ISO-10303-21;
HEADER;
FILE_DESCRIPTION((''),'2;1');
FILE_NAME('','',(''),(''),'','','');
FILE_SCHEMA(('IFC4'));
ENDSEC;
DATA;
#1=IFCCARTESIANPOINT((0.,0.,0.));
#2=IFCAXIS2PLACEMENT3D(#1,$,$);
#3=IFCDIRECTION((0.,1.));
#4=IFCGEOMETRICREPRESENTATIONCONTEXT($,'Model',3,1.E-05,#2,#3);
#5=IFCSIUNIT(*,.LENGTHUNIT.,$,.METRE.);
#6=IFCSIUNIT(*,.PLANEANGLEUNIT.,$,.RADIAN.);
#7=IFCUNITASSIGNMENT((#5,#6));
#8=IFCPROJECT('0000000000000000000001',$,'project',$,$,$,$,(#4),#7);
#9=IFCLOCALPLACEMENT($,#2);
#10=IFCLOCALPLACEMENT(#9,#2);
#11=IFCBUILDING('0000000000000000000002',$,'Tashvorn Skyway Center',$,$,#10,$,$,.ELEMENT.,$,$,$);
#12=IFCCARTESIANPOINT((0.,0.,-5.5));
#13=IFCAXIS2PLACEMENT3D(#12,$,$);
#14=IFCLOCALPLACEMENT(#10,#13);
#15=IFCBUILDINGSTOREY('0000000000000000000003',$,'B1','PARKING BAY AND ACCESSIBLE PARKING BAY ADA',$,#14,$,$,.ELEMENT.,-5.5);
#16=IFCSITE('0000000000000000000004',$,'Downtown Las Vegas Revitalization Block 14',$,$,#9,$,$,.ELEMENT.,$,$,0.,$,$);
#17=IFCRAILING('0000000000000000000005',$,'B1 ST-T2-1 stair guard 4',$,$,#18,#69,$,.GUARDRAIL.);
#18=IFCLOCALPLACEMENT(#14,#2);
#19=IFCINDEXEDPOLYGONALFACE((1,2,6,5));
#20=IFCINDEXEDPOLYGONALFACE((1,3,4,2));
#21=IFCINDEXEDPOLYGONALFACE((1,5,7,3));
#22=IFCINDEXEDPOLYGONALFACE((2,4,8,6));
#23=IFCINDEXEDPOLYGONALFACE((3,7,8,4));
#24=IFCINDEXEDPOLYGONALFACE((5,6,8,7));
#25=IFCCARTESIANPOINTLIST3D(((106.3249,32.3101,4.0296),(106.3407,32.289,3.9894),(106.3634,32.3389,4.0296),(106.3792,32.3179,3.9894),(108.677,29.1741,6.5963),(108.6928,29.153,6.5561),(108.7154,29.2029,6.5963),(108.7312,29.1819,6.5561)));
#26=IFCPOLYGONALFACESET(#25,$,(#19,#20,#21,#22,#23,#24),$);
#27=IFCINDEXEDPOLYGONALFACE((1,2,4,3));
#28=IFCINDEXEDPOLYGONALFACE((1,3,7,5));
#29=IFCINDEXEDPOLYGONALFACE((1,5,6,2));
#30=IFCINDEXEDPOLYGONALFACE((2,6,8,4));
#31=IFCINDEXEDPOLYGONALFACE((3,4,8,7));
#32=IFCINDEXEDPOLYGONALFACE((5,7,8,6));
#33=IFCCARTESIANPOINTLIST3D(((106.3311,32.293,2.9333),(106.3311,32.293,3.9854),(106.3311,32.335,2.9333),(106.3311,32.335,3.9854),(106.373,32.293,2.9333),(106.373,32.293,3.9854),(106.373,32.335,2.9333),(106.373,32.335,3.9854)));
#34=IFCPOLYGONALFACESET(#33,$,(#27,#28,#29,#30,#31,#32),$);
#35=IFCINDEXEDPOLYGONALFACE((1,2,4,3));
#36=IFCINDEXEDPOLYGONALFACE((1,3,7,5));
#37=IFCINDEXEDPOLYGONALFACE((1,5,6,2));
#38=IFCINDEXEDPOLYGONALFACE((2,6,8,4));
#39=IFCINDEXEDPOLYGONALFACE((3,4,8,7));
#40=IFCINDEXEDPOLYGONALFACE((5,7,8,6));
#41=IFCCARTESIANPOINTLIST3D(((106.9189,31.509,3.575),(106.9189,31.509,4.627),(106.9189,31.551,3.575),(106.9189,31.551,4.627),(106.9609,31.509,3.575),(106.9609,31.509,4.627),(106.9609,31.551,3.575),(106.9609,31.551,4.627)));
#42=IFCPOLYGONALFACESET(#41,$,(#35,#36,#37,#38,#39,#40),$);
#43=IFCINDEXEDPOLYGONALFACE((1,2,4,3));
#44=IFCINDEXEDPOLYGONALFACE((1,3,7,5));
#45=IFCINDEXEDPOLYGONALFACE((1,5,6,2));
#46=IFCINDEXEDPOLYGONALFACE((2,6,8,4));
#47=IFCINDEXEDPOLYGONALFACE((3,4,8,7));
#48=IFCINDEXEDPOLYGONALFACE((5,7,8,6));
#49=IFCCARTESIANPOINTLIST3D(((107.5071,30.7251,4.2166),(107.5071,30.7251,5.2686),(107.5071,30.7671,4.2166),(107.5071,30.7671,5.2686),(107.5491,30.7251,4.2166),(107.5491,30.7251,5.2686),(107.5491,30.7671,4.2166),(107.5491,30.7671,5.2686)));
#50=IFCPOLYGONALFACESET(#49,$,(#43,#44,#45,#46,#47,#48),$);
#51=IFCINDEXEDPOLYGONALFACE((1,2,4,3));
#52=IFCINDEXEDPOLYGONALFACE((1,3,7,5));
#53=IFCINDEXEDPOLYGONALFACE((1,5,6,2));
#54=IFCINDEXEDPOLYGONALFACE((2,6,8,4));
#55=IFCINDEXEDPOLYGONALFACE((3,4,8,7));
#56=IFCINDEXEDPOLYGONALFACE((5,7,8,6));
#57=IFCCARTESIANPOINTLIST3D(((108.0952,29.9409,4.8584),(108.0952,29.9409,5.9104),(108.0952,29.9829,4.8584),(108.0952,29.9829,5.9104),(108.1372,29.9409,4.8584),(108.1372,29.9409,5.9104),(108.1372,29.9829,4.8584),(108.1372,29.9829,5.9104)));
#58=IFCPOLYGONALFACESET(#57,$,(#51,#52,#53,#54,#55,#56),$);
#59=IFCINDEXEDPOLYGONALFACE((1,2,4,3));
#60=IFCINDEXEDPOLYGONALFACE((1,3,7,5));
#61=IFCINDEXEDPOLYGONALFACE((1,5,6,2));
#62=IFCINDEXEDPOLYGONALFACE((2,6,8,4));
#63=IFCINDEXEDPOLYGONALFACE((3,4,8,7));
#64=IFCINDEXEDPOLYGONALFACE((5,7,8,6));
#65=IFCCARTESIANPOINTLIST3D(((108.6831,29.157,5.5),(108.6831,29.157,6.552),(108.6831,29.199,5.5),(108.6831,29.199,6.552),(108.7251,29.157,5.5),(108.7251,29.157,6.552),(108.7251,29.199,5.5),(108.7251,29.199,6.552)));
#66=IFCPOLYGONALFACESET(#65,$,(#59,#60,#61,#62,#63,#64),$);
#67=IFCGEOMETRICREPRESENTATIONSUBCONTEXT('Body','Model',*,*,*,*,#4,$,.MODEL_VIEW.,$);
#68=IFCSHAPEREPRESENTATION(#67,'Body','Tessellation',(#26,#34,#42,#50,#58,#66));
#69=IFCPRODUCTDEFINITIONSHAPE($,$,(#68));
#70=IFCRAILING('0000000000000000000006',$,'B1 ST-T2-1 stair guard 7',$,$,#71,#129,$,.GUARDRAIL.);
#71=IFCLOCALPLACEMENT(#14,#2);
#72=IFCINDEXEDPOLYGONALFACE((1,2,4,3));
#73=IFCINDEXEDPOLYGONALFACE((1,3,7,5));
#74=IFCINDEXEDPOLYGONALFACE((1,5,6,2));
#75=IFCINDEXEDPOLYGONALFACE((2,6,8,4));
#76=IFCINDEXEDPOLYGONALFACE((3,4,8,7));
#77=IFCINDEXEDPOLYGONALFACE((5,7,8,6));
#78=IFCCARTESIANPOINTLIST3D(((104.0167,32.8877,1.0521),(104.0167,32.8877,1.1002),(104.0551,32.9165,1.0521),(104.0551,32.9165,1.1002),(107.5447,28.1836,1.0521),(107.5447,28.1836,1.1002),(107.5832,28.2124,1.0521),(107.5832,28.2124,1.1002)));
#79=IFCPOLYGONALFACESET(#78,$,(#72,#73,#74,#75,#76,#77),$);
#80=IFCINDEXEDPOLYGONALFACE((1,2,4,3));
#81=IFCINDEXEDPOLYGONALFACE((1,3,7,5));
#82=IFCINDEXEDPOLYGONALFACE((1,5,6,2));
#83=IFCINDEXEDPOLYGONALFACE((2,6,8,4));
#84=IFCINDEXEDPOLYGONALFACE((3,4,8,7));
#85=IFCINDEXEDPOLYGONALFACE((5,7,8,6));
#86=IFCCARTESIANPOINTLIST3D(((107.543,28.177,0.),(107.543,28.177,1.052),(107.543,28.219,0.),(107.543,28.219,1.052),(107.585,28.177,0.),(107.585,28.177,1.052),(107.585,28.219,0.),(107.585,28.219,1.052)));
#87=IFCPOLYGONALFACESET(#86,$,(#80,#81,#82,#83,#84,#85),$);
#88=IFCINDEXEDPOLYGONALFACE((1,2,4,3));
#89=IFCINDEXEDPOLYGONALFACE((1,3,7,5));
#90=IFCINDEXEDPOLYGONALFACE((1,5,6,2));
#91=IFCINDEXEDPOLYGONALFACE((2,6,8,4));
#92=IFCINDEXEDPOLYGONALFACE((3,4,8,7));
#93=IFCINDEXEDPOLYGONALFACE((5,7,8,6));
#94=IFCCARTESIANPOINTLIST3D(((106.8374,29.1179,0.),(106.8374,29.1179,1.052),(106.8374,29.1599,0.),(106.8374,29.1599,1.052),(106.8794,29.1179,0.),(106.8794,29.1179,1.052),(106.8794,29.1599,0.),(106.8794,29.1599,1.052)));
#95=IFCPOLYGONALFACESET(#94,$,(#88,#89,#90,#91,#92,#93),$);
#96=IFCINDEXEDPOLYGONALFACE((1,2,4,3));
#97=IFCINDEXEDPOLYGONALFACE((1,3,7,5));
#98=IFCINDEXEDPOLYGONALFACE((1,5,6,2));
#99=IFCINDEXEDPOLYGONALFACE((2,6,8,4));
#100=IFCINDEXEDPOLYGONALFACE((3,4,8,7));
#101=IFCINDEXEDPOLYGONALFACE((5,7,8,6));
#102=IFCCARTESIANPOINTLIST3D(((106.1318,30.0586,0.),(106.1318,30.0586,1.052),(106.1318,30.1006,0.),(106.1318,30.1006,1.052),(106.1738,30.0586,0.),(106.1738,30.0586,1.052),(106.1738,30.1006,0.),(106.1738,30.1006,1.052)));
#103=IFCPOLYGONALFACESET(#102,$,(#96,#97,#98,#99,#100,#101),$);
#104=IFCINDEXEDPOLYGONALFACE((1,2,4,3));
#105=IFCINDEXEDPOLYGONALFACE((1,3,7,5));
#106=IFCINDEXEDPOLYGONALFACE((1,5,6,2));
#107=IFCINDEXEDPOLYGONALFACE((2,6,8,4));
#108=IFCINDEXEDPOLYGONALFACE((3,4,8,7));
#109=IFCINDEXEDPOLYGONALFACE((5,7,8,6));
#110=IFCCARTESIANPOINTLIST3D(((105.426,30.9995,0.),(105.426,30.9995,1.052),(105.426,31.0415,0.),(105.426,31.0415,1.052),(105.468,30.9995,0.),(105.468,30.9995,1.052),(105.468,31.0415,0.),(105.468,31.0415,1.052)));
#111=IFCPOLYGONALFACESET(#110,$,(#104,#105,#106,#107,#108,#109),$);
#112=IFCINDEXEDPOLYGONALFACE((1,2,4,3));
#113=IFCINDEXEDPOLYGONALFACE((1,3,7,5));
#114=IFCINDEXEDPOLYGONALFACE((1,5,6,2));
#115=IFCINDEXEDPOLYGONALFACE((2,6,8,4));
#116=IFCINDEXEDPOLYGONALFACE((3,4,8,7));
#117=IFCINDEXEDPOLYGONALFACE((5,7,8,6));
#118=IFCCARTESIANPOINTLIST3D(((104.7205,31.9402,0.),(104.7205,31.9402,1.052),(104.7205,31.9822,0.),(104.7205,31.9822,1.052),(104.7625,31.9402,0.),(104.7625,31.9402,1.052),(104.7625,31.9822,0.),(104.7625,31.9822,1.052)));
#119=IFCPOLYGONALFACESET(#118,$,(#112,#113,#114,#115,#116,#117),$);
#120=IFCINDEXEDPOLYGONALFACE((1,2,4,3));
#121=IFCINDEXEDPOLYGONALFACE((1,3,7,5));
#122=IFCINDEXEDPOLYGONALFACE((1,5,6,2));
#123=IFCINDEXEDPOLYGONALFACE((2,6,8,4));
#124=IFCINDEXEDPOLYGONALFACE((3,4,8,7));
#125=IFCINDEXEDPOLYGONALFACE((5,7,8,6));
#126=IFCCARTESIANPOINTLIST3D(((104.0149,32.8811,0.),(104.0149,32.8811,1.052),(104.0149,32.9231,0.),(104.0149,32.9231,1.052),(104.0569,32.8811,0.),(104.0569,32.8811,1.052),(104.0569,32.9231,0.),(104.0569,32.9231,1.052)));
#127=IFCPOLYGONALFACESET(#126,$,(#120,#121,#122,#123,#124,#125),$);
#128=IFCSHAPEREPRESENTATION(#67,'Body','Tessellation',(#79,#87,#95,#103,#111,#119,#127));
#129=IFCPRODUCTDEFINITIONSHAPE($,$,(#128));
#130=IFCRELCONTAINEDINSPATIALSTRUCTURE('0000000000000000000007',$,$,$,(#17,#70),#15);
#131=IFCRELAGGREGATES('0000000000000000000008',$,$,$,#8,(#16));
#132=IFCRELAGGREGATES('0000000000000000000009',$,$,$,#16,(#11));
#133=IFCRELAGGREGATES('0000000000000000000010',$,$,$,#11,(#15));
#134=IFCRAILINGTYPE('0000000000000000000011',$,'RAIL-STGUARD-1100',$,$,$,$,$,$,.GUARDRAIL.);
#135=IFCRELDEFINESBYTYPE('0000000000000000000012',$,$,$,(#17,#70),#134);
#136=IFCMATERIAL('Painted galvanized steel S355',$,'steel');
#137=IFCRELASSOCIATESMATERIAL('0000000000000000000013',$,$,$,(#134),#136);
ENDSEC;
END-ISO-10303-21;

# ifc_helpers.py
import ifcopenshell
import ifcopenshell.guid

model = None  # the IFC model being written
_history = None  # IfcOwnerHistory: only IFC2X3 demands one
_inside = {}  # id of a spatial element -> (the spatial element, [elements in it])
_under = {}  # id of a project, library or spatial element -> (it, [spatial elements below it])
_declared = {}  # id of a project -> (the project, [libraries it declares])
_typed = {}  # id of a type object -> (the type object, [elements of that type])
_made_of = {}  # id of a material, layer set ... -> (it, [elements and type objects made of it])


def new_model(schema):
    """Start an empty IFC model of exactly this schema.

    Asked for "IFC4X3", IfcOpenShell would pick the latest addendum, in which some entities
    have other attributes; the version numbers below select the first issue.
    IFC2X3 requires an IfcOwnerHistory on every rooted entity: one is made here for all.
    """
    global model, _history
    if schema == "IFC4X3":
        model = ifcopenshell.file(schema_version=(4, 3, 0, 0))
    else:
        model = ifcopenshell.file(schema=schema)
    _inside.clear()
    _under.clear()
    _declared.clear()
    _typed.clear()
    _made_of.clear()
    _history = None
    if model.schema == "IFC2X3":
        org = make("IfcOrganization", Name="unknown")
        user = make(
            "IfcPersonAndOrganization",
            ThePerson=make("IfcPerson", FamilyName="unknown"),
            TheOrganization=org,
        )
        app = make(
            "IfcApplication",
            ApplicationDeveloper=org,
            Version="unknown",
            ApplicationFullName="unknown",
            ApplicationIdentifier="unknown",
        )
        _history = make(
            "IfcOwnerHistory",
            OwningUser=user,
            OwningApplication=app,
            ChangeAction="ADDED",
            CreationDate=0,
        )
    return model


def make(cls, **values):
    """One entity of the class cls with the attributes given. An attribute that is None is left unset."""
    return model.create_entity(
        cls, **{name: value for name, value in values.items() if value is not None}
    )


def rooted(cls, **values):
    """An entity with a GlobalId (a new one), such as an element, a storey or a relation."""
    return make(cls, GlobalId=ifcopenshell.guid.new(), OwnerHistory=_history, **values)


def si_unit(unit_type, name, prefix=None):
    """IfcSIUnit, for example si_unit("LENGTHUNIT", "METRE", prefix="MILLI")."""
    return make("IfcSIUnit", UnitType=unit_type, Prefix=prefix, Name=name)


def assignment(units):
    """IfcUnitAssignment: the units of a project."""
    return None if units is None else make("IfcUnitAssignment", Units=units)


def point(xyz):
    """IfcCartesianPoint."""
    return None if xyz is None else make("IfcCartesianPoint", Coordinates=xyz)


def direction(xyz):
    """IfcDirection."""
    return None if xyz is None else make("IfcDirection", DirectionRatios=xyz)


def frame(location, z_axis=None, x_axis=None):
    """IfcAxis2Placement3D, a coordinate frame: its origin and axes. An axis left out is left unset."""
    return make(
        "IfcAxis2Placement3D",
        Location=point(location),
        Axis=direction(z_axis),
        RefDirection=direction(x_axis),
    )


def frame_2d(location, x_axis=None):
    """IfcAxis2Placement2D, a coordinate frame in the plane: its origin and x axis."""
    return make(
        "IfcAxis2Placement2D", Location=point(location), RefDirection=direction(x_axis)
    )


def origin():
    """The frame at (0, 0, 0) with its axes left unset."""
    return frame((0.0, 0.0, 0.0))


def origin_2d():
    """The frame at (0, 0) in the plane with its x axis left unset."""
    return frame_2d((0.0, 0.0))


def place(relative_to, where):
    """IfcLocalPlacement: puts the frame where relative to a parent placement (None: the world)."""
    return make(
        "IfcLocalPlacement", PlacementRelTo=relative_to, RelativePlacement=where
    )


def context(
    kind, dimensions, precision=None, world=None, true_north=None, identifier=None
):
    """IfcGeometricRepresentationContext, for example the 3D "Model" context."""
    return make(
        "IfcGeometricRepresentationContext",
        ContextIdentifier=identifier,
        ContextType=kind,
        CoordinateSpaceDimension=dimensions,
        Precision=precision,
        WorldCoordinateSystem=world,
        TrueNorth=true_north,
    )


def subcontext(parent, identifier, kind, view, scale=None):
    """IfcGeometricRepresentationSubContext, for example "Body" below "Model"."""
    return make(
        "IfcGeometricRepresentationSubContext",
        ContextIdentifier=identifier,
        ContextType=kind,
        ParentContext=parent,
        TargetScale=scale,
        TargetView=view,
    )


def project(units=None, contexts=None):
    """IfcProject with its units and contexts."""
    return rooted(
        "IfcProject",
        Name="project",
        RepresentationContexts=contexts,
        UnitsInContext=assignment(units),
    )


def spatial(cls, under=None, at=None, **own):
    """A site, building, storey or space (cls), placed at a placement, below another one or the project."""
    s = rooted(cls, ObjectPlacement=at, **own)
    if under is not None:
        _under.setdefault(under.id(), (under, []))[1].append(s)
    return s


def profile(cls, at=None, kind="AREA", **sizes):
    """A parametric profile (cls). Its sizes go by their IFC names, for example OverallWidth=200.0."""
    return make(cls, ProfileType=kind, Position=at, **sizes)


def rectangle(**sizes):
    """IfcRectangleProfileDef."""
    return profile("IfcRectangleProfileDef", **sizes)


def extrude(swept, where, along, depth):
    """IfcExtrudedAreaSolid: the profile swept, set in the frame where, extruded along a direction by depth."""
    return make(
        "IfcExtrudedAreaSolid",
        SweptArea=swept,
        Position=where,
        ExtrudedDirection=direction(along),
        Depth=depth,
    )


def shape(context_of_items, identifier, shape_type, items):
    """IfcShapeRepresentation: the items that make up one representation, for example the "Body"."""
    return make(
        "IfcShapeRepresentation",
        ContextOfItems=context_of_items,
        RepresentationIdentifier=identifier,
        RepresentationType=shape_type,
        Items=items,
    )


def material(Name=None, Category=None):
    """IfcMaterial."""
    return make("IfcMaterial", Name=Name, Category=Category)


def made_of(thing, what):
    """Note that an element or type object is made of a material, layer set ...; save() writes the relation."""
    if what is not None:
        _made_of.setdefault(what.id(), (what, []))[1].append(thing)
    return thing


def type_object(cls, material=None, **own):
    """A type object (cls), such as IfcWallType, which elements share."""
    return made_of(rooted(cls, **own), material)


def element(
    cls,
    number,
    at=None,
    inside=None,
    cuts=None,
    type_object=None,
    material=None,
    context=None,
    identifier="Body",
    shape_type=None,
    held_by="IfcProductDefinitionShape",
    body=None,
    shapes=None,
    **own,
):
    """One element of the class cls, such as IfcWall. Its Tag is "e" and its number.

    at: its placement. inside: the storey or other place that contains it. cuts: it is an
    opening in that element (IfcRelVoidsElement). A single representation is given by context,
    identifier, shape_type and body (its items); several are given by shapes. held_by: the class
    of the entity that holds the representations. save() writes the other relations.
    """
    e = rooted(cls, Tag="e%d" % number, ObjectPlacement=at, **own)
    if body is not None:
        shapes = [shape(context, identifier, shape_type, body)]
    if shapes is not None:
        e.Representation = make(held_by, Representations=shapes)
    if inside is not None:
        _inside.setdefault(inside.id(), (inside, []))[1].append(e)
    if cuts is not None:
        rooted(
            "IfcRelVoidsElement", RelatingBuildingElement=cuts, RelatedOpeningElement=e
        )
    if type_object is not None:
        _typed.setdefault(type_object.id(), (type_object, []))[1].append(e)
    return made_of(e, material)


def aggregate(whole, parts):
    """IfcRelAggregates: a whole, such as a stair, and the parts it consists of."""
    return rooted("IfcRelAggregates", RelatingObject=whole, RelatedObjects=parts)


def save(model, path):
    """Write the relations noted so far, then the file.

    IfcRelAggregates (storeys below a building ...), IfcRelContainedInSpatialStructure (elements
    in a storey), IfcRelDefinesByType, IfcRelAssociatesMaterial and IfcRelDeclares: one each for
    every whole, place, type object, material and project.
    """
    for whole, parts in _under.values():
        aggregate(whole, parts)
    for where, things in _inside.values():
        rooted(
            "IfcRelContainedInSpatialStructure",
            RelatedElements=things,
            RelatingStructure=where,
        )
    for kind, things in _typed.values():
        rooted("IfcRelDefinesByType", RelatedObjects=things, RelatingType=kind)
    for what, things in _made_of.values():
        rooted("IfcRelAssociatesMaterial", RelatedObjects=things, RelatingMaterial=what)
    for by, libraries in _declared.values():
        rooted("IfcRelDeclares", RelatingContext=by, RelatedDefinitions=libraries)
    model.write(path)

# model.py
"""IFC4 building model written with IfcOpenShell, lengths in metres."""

from ifc_helpers import new_model, si_unit, direction, frame, origin, origin_2d, place, context, subcontext, project, spatial, rectangle, extrude, material, type_object, element, save


model = new_model("IFC4")

# Units and contexts
model_context = context("Model", 3, precision=1e-05, world=origin(), true_north=direction((0.0, 1.0)))
body_context = subcontext(model_context, "Body", "Model", "MODEL_VIEW")
ifc_project = project(units=[si_unit("LENGTHUNIT", "METRE"), si_unit("PLANEANGLEUNIT", "RADIAN")], contexts=[model_context])

# Site, building, storey
site_placement = place(None, origin())
site = spatial("IfcSite", under=ifc_project, at=site_placement, Name="Downtown Las Vegas Revitalization Block 14", CompositionType="ELEMENT", RefElevation=0.0)
building_placement = place(site_placement, origin())
building = spatial("IfcBuilding", under=site, at=building_placement, Name="Tashvorn Skyway Center", CompositionType="ELEMENT")
storey_placement = place(building_placement, frame((0.0, 0.0, -5.5)))
storey = spatial("IfcBuildingStorey", under=building, at=storey_placement, Name="B1", Description="PARKING BAY AND ACCESSIBLE PARKING BAY ADA", CompositionType="ELEMENT", Elevation=-5.5)

# Railings
ifc_material_1 = material(Name="Painted galvanized steel S355", Category="steel")
railing_type_1 = type_object("IfcRailingType", Name="RAIL-STGUARD-1100", PredefinedType="GUARDRAIL", material=ifc_material_1)
railing_1_placement = place(storey_placement, frame((106.3521, 32.314, 2.9333)))
element("IfcRailing", 1, at=railing_1_placement, inside=storey, type_object=railing_type_1, Name="B1 ST-T2-1 stair guard 4", PredefinedType="GUARDRAIL", context=body_context, shape_type="SweptSolid", body=[
    extrude(rectangle(XDim=0.0481, YDim=0.0481, at=origin_2d()), frame((0.0, 0.0, 1.0762), z_axis=(0.501981, -0.669291, 0.547782), x_axis=(0.799993, 0.60001, 0.0)), (0.0, 0.0, 1.0), 4.6855),
    extrude(rectangle(XDim=0.042, YDim=0.042, at=origin_2d()), origin(), (0.0, 0.0, 1.0), 1.052),
    extrude(rectangle(XDim=0.042, YDim=0.042, at=origin_2d()), frame((0.5879, -0.7839, 0.6416)), (0.0, 0.0, 1.0), 1.052),
    extrude(rectangle(XDim=0.042, YDim=0.042, at=origin_2d()), frame((1.176, -1.5679, 1.2832)), (0.0, 0.0, 1.0), 1.052),
    extrude(rectangle(XDim=0.042, YDim=0.042, at=origin_2d()), frame((1.7642, -2.3521, 1.925)), (0.0, 0.0, 1.0), 1.052),
    extrude(rectangle(XDim=0.042, YDim=0.042, at=origin_2d()), frame((2.3521, -3.136, 2.5667)), (0.0, 0.0, 1.0), 1.052),
])
railing_2_placement = place(storey_placement, frame((107.564, 28.198, 0.0)))
element("IfcRailing", 2, at=railing_2_placement, inside=storey, type_object=railing_type_1, Name="B1 ST-T2-1 stair guard 7", PredefinedType="GUARDRAIL", context=body_context, shape_type="SweptSolid", body=[
    extrude(rectangle(XDim=0.0481, YDim=0.0481, at=origin_2d()), frame((0.0, 0.0, 1.0762), z_axis=(-0.6, 0.8, 0.0), x_axis=(-0.8, -0.6, 0.0)), (0.0, 0.0, 1.0), 5.8801),
    extrude(rectangle(XDim=0.042, YDim=0.042, at=origin_2d()), origin(), (0.0, 0.0, 1.0), 1.052),
    extrude(rectangle(XDim=0.042, YDim=0.042, at=origin_2d()), frame((-0.7056, 0.9409, 0.0)), (0.0, 0.0, 1.0), 1.052),
    extrude(rectangle(XDim=0.042, YDim=0.042, at=origin_2d()), frame((-1.4111, 1.8816, 0.0)), (0.0, 0.0, 1.0), 1.052),
    extrude(rectangle(XDim=0.042, YDim=0.042, at=origin_2d()), frame((-2.1169, 2.8225, 0.0)), (0.0, 0.0, 1.0), 1.052),
    extrude(rectangle(XDim=0.042, YDim=0.042, at=origin_2d()), frame((-2.8225, 3.7632, 0.0)), (0.0, 0.0, 1.0), 1.052),
    extrude(rectangle(XDim=0.042, YDim=0.042, at=origin_2d()), frame((-3.5281, 4.7041, 0.0)), (0.0, 0.0, 1.0), 1.052),
])

save(model, "model.ifc")
